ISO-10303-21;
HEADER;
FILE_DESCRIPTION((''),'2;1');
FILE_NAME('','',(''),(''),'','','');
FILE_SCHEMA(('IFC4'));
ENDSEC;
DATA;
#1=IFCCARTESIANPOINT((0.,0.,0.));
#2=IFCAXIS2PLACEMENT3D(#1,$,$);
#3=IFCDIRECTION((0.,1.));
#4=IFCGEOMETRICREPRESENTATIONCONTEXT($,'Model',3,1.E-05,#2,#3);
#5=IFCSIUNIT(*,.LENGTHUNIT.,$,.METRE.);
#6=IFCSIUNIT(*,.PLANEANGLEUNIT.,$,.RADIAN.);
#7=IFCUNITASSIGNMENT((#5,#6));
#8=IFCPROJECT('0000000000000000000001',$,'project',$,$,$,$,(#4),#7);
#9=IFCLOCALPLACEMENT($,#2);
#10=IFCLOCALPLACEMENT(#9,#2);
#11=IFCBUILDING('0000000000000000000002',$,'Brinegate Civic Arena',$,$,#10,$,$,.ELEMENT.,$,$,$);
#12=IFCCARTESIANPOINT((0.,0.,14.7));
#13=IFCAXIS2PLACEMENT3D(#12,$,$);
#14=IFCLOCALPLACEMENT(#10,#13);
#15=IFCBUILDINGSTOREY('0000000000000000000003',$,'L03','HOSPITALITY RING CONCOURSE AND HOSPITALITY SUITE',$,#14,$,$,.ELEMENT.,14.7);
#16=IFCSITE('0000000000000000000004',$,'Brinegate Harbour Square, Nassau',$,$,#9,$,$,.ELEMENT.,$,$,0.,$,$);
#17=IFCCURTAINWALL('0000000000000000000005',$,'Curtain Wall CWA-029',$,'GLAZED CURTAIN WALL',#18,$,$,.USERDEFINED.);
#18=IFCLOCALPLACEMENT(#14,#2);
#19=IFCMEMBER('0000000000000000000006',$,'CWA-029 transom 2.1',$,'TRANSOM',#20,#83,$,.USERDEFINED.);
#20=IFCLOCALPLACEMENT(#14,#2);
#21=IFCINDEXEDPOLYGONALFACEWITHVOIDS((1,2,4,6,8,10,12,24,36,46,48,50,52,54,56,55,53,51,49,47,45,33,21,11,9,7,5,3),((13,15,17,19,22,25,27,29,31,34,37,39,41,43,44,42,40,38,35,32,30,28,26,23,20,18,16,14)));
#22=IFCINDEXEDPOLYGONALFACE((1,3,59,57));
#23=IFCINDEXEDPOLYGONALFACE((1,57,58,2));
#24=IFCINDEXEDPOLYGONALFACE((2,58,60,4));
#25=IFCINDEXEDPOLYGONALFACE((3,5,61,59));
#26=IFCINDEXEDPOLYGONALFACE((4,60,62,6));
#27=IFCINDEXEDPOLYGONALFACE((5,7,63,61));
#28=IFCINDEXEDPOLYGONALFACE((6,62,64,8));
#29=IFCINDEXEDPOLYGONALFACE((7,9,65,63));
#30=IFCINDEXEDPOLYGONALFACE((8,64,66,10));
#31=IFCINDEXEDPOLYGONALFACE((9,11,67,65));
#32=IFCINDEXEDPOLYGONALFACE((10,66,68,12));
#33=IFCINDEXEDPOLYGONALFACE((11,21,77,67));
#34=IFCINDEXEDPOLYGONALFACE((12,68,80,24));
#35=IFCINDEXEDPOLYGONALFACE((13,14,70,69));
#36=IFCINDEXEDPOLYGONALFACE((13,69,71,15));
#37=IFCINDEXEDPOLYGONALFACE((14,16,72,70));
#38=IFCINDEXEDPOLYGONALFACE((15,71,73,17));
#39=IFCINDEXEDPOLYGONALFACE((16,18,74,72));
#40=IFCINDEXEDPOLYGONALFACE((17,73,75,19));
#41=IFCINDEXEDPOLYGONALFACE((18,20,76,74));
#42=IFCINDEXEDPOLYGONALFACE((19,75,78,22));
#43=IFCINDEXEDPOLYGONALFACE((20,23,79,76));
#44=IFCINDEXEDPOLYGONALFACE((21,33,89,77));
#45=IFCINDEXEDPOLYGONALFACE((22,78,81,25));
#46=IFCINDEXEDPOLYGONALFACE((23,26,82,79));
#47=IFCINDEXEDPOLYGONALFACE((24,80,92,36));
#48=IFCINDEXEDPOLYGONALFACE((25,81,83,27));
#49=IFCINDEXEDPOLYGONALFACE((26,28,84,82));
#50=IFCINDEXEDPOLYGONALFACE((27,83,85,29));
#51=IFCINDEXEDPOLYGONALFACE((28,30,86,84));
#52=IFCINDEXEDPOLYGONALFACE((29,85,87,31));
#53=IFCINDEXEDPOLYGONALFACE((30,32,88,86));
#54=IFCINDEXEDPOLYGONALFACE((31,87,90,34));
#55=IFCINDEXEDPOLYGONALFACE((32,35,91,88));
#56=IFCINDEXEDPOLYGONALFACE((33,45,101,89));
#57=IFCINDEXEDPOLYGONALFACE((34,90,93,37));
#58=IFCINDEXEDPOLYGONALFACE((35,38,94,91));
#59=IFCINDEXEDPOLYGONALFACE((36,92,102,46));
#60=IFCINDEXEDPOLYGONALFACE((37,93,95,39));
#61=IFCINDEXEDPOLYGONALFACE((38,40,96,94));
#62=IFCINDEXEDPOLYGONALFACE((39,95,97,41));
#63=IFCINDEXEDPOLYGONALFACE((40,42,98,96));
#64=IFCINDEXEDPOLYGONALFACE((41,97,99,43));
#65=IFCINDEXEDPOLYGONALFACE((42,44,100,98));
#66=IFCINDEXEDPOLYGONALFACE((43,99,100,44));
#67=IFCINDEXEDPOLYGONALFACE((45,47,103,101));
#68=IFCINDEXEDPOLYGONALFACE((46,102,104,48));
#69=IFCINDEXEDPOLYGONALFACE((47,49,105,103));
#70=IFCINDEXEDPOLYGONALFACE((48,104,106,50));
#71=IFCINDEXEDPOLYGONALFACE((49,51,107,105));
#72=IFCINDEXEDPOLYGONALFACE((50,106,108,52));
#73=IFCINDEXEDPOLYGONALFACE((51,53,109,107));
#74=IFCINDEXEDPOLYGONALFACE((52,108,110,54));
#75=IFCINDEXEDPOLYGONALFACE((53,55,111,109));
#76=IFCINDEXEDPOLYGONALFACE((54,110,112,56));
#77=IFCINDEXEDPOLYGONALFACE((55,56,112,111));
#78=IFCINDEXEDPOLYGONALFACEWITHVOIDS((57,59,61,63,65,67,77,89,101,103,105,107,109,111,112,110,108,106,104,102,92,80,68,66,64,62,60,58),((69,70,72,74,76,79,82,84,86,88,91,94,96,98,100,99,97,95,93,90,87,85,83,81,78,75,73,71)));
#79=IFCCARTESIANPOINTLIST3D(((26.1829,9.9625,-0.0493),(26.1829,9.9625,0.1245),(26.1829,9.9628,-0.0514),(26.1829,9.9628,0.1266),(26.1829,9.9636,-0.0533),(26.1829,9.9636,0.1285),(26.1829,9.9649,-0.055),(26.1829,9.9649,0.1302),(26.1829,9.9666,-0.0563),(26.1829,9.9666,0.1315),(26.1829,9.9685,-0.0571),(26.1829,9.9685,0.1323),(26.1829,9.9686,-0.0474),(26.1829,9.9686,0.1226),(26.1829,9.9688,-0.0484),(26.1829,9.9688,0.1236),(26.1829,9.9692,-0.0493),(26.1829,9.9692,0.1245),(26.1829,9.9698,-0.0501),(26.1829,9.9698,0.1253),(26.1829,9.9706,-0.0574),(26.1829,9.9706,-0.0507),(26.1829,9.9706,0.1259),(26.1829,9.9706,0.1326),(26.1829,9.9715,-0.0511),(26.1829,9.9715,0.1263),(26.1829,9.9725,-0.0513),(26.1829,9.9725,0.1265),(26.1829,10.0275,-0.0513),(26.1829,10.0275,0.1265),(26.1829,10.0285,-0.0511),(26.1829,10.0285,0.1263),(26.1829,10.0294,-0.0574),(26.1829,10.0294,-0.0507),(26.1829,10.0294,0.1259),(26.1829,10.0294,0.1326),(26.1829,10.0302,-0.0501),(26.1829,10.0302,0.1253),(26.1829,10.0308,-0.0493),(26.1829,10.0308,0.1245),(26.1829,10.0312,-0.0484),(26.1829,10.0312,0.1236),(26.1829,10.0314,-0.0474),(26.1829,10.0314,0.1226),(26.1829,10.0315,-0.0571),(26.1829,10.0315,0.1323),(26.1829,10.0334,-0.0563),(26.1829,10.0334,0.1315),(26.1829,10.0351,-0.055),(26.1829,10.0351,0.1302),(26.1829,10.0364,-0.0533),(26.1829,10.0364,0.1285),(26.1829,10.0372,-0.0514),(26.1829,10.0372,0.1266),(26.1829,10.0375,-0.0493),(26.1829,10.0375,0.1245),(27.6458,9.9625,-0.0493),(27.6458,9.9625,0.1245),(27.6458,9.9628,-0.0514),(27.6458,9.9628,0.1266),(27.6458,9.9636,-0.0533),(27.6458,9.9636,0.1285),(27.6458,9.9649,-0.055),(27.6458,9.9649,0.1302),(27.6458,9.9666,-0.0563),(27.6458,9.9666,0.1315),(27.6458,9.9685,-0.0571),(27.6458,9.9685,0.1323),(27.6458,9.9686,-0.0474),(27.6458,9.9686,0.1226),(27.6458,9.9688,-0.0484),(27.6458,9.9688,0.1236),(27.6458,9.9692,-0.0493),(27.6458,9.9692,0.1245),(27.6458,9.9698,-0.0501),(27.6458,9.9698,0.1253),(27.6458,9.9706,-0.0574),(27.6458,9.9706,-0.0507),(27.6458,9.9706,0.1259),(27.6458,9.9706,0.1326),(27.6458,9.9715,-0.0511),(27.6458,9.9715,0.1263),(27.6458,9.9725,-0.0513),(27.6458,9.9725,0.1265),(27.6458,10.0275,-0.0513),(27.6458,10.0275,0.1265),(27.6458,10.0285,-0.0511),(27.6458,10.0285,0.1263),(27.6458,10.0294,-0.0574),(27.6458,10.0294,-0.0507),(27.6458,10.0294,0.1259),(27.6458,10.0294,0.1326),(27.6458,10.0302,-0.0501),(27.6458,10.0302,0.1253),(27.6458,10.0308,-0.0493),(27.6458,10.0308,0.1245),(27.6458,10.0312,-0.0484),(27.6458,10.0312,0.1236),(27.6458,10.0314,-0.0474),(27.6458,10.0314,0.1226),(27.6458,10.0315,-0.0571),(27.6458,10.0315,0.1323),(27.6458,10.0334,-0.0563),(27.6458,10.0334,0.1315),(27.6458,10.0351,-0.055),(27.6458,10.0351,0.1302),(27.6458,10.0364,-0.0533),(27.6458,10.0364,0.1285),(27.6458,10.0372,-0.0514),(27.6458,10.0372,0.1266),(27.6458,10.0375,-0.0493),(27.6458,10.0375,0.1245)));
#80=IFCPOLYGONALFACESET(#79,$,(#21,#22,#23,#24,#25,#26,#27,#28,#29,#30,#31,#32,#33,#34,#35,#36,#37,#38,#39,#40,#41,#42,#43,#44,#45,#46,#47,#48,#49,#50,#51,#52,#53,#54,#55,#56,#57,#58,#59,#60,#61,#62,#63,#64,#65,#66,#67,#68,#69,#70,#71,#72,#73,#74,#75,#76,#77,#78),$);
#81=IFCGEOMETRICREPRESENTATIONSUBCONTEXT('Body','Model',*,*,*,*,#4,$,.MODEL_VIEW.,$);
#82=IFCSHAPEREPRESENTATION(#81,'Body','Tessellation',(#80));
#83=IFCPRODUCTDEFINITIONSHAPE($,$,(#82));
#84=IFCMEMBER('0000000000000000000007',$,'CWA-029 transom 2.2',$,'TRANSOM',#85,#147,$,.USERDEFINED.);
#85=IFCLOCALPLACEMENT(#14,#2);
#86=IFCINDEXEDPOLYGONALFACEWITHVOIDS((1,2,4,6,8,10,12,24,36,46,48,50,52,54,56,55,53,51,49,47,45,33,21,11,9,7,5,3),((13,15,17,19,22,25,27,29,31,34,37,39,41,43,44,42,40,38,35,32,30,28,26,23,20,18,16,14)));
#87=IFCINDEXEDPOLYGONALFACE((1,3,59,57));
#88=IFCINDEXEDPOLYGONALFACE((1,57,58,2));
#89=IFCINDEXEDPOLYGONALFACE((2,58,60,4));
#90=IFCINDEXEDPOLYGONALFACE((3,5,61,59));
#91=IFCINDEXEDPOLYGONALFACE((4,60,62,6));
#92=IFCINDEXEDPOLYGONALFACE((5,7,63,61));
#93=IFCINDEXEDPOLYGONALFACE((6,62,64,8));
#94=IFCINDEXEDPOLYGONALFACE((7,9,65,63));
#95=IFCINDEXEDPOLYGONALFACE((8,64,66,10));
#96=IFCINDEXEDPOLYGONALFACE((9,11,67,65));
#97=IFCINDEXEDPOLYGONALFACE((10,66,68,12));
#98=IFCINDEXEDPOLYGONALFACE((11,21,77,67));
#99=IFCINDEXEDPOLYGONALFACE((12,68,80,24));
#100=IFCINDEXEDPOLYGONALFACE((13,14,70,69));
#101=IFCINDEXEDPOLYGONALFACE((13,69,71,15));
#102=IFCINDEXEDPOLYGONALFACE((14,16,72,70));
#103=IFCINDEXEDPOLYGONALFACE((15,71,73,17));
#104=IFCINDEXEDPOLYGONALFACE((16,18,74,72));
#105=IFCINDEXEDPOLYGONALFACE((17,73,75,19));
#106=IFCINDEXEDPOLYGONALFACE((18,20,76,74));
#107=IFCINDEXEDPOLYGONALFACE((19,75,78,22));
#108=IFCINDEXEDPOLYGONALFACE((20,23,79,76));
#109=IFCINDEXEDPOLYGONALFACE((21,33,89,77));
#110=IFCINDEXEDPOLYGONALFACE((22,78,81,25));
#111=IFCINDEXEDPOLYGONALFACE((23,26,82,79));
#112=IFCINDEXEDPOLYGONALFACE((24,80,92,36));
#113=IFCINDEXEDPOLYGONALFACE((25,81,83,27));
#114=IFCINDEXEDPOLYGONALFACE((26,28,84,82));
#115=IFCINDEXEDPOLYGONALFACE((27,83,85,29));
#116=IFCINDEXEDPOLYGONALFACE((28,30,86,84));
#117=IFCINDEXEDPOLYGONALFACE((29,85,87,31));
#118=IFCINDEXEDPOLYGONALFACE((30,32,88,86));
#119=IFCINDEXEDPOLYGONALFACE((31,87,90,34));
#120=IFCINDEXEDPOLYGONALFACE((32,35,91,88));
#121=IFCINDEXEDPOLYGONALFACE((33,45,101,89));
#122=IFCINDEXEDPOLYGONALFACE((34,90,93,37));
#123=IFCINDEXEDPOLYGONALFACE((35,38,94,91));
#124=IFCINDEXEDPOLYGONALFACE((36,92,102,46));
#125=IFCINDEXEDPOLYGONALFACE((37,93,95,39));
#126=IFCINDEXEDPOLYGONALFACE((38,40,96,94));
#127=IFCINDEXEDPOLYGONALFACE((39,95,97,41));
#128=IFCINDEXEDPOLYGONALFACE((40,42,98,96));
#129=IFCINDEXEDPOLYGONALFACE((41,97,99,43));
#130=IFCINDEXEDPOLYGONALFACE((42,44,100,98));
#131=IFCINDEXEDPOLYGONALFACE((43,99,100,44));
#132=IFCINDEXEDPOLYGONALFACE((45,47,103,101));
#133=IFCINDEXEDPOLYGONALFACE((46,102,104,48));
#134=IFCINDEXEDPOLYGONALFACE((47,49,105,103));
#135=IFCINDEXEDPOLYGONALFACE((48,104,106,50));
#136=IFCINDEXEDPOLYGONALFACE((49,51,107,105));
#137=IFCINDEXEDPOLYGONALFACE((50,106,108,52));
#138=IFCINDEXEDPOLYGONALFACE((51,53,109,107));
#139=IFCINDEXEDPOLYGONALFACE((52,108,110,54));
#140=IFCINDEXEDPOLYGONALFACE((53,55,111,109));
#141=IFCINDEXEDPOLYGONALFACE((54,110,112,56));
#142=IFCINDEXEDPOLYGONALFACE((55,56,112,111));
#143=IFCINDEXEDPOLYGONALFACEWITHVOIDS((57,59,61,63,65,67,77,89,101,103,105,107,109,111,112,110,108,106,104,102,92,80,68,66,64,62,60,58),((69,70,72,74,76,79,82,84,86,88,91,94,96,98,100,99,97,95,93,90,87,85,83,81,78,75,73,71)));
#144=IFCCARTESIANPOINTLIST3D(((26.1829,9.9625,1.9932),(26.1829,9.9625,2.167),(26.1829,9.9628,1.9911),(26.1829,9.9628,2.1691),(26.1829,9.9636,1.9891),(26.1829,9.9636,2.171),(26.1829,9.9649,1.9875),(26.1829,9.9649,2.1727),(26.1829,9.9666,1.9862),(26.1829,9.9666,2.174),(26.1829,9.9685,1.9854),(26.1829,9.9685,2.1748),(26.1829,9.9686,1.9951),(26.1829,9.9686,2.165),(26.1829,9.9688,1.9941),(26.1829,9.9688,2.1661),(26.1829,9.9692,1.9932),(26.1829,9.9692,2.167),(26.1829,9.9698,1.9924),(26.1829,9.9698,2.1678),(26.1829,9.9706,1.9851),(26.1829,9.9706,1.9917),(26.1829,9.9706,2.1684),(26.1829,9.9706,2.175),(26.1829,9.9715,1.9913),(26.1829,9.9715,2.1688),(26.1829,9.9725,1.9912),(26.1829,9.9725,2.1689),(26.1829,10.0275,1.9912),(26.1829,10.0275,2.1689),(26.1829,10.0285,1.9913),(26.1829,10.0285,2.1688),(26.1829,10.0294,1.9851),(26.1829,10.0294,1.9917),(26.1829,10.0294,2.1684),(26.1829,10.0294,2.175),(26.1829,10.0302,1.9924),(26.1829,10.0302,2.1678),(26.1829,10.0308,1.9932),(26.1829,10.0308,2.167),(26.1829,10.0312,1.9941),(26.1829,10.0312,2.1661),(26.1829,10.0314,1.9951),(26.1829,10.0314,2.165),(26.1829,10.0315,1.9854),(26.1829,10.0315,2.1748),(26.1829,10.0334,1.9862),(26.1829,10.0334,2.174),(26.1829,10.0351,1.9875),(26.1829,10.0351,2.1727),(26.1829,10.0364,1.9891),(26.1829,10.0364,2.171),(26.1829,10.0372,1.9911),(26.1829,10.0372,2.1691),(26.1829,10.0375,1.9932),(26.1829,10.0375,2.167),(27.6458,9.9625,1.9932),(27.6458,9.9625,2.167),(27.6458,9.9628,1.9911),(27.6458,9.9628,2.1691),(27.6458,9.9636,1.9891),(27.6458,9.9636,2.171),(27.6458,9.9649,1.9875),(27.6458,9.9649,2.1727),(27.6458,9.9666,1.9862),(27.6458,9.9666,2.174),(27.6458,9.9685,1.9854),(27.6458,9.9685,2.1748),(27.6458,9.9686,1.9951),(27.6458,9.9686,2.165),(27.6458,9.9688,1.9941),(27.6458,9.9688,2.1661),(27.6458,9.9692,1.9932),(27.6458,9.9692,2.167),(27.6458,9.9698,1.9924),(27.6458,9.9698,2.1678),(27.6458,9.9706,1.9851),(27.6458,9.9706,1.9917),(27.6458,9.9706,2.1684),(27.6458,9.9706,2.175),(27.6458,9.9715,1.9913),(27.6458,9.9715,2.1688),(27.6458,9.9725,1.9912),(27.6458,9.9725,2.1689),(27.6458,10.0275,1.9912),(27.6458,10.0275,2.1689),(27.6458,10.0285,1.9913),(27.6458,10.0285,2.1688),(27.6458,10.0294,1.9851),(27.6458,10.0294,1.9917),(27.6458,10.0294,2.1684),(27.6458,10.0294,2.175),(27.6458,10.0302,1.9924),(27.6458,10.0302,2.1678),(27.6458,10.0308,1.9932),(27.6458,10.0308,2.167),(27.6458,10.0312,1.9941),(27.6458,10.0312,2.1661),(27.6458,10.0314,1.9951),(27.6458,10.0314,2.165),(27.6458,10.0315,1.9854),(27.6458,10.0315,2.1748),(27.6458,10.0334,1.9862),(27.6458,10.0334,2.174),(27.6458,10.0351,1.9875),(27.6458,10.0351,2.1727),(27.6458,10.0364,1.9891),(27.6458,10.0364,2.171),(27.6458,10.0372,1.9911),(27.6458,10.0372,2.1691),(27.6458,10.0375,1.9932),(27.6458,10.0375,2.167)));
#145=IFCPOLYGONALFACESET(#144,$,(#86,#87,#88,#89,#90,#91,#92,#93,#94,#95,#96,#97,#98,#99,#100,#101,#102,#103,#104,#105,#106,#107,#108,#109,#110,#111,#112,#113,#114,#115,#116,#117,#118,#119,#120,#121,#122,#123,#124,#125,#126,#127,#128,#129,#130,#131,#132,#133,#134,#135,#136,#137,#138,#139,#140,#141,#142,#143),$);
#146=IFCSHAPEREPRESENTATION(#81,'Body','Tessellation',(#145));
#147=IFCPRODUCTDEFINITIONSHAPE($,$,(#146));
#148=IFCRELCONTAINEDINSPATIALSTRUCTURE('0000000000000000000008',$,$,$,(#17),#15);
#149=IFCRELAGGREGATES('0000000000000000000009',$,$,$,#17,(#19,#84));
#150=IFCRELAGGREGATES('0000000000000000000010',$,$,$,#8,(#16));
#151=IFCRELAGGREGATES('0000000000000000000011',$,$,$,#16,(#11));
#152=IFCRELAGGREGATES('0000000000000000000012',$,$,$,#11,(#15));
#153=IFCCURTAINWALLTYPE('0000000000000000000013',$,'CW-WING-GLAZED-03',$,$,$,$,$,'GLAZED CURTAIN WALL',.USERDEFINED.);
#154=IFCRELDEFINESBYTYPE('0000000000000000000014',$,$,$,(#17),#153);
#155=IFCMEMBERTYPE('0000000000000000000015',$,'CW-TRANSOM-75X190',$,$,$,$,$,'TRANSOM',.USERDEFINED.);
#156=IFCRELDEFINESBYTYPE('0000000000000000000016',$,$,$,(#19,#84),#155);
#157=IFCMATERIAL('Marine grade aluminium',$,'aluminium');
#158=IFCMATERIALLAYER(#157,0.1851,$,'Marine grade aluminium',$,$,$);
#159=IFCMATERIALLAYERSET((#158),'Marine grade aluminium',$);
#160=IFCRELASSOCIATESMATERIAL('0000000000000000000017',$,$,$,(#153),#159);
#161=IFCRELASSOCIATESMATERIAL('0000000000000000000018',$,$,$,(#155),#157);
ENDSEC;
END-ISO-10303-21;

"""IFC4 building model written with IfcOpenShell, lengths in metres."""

from ifc_helpers import new_model, si_unit, direction, frame, origin, origin_2d, place, context, subcontext, project, spatial, hollow_rectangle, extrude, material, layer, layer_set, material_profile, profile_set, type_object, element, aggregate, save


model = new_model("IFC4")

# Units and contexts
model_context = context("Model", 3, precision=1e-05, world=origin(), true_north=direction((0.0, 1.0)))
body_context = subcontext(model_context, "Body", "Model", "MODEL_VIEW")
ifc_project = project(units=[si_unit("LENGTHUNIT", "METRE"), si_unit("PLANEANGLEUNIT", "RADIAN")], contexts=[model_context])

# Site, building, storey
site_placement = place(None, origin())
site = spatial("IfcSite", under=ifc_project, at=site_placement, Name="Brinegate Harbour Square, Nassau", CompositionType="ELEMENT", RefElevation=0.0)
building_placement = place(site_placement, origin())
building = spatial("IfcBuilding", under=site, at=building_placement, Name="Brinegate Civic Arena", CompositionType="ELEMENT")
storey_placement = place(building_placement, frame((0.0, 0.0, 14.7)))
storey = spatial("IfcBuildingStorey", under=building, at=storey_placement, Name="L03", Description="HOSPITALITY RING CONCOURSE AND HOSPITALITY SUITE", CompositionType="ELEMENT", Elevation=14.7)

# Curtain wall, members
ifc_material_1 = material(Name="Marine grade aluminium", Category="aluminium")
ifc_layer_1 = layer(ifc_material_1, 0.1851, Name="Marine grade aluminium")
ifc_layer_set_1 = layer_set([ifc_layer_1], Name="Marine grade aluminium")
curtain_wall_type = type_object("IfcCurtainWallType", Name="CW-WING-GLAZED-03", ElementType="GLAZED CURTAIN WALL", PredefinedType="USERDEFINED", material=ifc_layer_set_1)
curtain_wall_placement = place(storey_placement, origin())
curtain_wall = element("IfcCurtainWall", 1, at=curtain_wall_placement, inside=storey, type_object=curtain_wall_type, Name="Curtain Wall CWA-029", ObjectType="GLAZED CURTAIN WALL", PredefinedType="USERDEFINED")
ifc_material_profile_1 = material_profile(ifc_material_1, hollow_rectangle(XDim=0.075, YDim=0.1899, WallThickness=0.0061, InnerFilletRadius=0.0039, OuterFilletRadius=0.0081, at=origin_2d()), Name="TRN75X190")
ifc_profile_set_1 = profile_set([ifc_material_profile_1], Name="Marine grade aluminium")
member_type_1 = type_object("IfcMemberType", Name="CW-TRANSOM-75X190", ElementType="TRANSOM", PredefinedType="USERDEFINED", material=ifc_profile_set_1)
member_1_placement = place(storey_placement, frame((26.1829, 10.0, 0.0376), z_axis=(1.0, 0.0, 0.0), x_axis=(0.0, 1.0, 0.0)))
member_1 = element("IfcMember", 2, at=member_1_placement, type_object=member_type_1, Name="CWA-029 transom 2.1", ObjectType="TRANSOM", PredefinedType="USERDEFINED", context=body_context, shape_type="SweptSolid", body=[
    extrude(hollow_rectangle(XDim=0.075, YDim=0.1899, WallThickness=0.0061, InnerFilletRadius=0.0039, OuterFilletRadius=0.0081, at=origin_2d()), origin(), (0.0, 0.0, 1.0), 1.4629),
])
member_2_placement = place(storey_placement, frame((26.1829, 10.0, 2.0801), z_axis=(1.0, 0.0, 0.0), x_axis=(0.0, 1.0, 0.0)))
member_2 = element("IfcMember", 3, at=member_2_placement, type_object=member_type_1, Name="CWA-029 transom 2.2", ObjectType="TRANSOM", PredefinedType="USERDEFINED", context=body_context, shape_type="SweptSolid", body=[
    extrude(hollow_rectangle(XDim=0.075, YDim=0.1899, WallThickness=0.0061, InnerFilletRadius=0.0039, OuterFilletRadius=0.0081, at=origin_2d()), origin(), (0.0, 0.0, 1.0), 1.4629),
])
aggregate(curtain_wall, [member_1, member_2])

save(model, "model.ifc")
